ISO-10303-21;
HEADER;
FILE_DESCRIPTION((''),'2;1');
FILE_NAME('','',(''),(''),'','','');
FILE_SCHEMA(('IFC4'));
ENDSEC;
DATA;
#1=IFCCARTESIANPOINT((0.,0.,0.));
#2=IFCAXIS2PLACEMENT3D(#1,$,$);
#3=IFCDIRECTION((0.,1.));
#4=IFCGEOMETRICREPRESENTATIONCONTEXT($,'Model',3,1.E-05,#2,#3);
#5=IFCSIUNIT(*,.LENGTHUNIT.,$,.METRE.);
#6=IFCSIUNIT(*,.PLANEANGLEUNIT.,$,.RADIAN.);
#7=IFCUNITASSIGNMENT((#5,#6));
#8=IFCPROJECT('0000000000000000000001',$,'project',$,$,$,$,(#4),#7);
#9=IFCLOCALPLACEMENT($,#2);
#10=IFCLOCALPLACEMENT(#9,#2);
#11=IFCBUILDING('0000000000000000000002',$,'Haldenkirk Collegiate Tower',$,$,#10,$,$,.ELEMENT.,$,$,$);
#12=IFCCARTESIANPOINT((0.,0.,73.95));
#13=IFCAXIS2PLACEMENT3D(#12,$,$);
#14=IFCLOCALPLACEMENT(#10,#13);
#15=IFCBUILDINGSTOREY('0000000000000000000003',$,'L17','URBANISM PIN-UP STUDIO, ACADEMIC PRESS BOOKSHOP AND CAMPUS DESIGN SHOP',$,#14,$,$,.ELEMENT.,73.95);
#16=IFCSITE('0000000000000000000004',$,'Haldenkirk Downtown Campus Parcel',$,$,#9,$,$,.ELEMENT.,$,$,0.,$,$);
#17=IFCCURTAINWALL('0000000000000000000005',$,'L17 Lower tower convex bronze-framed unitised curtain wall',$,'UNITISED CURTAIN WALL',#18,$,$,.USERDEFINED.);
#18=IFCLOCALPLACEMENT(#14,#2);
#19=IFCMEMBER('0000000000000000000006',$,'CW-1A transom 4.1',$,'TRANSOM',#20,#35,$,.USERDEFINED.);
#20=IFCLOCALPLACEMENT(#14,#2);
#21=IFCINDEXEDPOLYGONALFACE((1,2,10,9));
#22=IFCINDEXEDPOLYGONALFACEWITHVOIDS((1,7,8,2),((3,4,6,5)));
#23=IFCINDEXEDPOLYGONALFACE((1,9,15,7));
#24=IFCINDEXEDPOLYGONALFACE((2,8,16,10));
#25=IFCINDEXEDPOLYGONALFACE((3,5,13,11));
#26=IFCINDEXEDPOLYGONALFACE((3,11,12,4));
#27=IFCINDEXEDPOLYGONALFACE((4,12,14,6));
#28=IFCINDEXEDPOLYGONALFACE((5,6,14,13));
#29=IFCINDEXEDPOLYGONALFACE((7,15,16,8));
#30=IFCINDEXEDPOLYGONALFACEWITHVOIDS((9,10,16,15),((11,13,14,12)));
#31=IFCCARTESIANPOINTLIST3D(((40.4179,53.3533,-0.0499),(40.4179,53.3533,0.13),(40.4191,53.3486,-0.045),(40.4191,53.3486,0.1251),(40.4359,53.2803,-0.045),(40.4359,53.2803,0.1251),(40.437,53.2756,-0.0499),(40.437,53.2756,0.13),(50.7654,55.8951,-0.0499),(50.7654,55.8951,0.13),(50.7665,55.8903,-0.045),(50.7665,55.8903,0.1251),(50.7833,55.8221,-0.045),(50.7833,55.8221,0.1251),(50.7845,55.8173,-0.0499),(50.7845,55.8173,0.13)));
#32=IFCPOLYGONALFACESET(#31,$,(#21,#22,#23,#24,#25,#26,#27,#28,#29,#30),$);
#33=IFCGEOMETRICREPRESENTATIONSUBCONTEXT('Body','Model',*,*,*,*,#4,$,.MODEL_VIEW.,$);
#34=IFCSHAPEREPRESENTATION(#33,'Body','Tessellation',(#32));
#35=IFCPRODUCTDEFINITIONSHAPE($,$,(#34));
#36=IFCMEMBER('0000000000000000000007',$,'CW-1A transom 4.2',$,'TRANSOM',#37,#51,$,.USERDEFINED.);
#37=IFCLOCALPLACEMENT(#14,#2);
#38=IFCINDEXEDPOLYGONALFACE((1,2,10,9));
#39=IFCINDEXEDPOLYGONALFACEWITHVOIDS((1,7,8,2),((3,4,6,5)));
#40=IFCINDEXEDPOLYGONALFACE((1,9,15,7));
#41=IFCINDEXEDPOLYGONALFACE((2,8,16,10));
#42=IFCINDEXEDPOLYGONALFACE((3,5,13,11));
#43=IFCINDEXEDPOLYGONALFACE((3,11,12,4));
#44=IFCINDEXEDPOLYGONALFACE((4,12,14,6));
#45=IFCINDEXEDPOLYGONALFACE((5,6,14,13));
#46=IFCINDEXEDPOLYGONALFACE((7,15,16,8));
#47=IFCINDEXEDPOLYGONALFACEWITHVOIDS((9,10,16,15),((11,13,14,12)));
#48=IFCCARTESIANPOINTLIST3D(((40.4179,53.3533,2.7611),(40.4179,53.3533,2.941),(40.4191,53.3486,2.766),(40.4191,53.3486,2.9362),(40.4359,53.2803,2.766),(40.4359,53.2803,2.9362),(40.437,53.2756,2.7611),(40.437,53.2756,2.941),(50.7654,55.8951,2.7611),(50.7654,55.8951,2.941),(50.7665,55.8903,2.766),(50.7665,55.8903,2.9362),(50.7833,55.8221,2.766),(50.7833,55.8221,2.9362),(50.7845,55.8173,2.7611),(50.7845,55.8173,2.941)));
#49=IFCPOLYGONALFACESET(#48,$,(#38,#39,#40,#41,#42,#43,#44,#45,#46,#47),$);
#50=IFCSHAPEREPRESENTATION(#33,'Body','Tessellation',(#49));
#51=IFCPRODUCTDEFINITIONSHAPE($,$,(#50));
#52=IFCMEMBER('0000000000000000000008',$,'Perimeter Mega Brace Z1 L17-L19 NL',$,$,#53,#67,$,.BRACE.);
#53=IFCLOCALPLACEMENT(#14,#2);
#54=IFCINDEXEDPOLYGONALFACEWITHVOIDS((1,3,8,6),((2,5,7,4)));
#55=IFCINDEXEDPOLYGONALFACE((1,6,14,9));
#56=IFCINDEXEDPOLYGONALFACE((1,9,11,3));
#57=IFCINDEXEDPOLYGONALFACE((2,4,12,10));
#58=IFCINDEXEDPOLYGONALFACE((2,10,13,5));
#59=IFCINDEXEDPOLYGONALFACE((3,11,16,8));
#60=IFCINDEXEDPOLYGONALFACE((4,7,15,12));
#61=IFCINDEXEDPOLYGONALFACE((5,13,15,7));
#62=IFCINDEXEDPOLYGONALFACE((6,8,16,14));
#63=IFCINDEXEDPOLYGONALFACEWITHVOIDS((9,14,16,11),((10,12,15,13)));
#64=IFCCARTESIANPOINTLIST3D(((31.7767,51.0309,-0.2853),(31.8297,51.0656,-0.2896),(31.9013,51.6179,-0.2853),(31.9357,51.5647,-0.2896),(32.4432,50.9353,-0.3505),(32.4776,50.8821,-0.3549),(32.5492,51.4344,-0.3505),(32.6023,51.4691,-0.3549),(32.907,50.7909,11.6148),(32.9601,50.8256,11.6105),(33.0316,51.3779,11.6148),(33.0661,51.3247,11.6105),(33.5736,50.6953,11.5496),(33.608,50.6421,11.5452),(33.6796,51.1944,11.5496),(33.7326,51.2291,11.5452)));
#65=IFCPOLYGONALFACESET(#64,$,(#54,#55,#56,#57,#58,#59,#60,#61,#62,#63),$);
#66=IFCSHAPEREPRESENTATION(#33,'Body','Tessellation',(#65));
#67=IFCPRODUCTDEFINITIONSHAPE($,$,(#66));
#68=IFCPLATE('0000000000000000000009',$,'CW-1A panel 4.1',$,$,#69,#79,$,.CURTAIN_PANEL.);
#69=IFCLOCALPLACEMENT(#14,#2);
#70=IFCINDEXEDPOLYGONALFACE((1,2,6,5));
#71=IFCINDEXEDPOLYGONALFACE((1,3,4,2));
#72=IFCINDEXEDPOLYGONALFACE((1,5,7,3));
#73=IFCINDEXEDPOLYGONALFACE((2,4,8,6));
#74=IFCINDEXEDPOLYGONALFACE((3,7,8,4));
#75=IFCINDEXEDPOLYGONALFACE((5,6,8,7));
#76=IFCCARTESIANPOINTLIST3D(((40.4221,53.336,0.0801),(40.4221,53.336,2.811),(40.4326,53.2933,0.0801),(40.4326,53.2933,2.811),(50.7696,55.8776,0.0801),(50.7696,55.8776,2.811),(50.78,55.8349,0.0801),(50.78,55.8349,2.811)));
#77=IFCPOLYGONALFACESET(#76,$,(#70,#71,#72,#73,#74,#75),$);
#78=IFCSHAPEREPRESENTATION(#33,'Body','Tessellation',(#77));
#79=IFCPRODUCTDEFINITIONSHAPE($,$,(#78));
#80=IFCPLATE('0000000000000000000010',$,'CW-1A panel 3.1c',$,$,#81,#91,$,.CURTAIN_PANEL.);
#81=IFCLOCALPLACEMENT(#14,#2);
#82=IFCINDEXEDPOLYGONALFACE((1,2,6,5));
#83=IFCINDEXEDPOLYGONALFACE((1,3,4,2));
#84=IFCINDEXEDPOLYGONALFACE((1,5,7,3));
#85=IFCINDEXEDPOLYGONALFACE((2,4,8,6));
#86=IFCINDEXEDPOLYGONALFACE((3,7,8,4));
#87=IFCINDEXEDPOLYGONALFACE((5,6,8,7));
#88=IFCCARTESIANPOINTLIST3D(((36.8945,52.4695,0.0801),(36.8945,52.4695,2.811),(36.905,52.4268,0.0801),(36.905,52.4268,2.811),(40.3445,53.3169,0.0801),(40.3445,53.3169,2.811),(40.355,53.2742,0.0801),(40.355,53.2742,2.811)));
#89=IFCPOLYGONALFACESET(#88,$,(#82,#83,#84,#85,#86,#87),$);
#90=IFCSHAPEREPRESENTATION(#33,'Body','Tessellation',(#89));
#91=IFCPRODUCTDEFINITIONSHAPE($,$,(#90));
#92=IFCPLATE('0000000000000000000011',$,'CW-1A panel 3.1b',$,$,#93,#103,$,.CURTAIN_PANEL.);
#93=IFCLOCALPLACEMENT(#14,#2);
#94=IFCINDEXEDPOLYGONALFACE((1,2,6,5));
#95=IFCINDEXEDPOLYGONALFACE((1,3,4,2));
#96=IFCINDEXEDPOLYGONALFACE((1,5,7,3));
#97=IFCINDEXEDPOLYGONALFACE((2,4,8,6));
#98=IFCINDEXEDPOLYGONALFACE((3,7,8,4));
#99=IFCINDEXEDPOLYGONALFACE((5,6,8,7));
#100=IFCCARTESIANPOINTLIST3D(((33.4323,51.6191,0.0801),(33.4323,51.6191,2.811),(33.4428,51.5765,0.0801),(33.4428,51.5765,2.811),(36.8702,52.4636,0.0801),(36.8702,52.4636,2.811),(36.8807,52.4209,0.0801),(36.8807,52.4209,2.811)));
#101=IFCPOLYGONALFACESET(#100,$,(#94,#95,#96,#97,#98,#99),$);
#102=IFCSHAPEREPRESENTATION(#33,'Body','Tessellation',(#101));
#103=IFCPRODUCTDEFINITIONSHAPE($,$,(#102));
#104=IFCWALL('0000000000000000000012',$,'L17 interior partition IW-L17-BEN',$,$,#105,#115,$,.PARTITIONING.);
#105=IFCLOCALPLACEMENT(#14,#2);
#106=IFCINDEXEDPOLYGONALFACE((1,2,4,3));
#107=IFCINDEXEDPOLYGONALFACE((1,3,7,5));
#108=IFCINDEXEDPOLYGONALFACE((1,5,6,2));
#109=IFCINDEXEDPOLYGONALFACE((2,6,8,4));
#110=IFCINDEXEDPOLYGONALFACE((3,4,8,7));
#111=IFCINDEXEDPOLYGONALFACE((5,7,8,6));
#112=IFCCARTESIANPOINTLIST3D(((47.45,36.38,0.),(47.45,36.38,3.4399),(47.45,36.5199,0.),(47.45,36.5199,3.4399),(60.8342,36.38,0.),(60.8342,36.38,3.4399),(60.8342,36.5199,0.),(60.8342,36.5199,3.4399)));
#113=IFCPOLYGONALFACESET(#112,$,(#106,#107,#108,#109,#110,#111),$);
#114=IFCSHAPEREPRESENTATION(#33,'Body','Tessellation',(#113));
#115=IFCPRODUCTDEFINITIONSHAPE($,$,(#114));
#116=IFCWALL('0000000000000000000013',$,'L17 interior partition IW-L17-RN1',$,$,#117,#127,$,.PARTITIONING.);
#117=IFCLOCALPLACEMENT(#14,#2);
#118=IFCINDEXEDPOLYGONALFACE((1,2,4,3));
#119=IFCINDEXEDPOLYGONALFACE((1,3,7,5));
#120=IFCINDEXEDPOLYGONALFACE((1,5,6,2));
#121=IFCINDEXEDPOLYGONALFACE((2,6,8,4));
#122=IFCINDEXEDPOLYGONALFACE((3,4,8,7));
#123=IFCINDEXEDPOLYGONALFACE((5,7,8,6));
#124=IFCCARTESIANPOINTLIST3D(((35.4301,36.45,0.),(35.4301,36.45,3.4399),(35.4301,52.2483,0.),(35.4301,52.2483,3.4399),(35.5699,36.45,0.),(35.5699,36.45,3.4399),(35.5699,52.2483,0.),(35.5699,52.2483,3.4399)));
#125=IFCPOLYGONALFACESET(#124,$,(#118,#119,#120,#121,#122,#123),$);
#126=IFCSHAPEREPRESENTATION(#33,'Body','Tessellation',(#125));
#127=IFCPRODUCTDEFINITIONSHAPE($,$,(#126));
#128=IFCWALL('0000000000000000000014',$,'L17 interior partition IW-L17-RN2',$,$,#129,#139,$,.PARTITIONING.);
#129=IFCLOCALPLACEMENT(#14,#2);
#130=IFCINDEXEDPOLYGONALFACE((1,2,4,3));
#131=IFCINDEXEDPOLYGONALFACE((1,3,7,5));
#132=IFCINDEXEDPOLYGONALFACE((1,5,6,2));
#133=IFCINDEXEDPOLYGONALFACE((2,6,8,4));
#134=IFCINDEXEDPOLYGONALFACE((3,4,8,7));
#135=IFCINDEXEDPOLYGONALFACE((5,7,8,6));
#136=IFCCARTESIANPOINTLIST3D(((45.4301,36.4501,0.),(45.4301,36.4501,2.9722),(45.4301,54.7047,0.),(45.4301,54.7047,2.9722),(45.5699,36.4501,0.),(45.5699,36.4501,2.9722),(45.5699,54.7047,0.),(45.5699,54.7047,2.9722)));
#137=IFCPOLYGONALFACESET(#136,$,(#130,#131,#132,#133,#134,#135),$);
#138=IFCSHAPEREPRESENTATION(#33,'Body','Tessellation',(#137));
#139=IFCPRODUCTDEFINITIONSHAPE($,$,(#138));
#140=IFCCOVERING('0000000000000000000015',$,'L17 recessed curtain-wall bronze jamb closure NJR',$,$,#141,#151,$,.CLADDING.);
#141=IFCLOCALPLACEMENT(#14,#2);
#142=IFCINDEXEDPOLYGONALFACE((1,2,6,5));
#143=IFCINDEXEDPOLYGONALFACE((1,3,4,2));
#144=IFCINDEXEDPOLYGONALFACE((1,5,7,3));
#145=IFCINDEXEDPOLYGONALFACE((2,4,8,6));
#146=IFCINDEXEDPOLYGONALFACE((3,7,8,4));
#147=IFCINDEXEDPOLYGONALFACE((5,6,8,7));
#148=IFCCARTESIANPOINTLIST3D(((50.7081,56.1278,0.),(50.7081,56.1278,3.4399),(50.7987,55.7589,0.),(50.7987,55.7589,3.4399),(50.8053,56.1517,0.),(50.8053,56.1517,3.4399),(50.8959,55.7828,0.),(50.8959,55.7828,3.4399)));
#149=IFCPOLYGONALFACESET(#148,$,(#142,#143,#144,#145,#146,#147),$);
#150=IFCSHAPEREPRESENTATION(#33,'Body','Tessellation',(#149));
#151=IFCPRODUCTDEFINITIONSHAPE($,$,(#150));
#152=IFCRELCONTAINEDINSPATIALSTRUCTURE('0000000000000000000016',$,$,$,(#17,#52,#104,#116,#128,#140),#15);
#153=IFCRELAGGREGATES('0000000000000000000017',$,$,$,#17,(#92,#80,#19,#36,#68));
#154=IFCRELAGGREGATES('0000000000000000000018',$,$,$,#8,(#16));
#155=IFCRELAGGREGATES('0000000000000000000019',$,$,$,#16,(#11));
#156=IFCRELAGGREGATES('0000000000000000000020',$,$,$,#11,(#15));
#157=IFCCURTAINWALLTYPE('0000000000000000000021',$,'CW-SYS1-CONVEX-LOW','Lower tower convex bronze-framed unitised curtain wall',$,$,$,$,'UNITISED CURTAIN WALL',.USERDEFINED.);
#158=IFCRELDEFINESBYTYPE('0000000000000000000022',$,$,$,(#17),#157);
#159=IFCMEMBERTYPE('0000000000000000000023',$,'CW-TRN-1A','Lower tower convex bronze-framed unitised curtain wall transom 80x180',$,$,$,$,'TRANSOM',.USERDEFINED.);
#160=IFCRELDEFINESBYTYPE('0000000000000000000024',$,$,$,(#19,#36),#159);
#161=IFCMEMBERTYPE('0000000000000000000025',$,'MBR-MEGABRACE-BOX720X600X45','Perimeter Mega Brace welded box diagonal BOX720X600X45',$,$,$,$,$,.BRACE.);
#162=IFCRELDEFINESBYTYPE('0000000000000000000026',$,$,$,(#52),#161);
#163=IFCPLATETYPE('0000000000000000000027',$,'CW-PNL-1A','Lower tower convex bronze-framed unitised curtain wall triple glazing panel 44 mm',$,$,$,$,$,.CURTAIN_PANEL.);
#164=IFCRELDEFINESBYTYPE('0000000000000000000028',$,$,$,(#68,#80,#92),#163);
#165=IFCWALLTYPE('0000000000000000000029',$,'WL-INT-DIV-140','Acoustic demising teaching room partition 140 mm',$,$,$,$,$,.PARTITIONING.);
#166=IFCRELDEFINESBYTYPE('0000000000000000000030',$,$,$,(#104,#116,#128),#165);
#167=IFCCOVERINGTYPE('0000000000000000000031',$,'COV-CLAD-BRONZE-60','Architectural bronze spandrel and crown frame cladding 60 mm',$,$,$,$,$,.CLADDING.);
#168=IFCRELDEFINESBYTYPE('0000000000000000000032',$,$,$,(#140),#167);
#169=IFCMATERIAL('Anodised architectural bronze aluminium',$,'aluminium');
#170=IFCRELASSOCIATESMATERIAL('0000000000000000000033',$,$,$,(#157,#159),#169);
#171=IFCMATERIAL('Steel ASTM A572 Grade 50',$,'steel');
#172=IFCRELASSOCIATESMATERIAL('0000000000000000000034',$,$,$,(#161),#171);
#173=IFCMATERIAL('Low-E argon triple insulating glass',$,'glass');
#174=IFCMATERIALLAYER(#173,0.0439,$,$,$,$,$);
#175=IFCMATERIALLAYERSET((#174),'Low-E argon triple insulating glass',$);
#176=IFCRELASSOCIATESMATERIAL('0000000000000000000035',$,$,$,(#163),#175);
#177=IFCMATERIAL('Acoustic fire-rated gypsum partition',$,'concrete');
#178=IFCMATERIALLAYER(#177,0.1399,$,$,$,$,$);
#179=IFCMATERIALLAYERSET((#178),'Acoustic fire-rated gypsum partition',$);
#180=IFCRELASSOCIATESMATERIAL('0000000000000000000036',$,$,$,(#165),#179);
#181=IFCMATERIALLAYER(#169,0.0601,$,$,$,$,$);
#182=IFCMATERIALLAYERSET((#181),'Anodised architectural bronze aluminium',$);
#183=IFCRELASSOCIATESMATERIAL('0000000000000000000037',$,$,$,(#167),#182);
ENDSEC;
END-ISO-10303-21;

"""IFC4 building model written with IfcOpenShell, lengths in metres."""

from ifc_helpers import new_model, si_unit, direction, frame, frame_2d, origin, origin_2d, place, context, subcontext, project, spatial, rectangle, hollow_rectangle, extrude, source, transform, mapped, material, layer, layer_set, material_profile, profile_set, type_object, element, aggregate, save


model = new_model("IFC4")

# Units and contexts
model_context = context("Model", 3, precision=1e-05, world=origin(), true_north=direction((0.0, 1.0)))
body_context = subcontext(model_context, "Body", "Model", "MODEL_VIEW")
ifc_project = project(units=[si_unit("LENGTHUNIT", "METRE"), si_unit("PLANEANGLEUNIT", "RADIAN")], contexts=[model_context])

# Site, building, storey
site_placement = place(None, origin())
site = spatial("IfcSite", under=ifc_project, at=site_placement, Name="Haldenkirk Downtown Campus Parcel", CompositionType="ELEMENT", RefElevation=0.0)
building_placement = place(site_placement, origin())
building = spatial("IfcBuilding", under=site, at=building_placement, Name="Haldenkirk Collegiate Tower", CompositionType="ELEMENT")
storey_placement = place(building_placement, frame((0.0, 0.0, 73.95)))
storey = spatial("IfcBuildingStorey", under=building, at=storey_placement, Name="L17", Description="URBANISM PIN-UP STUDIO, ACADEMIC PRESS BOOKSHOP AND CAMPUS DESIGN SHOP", CompositionType="ELEMENT", Elevation=73.95)

# Curtain wall, members
ifc_material_1 = material(Name="Anodised architectural bronze aluminium", Category="aluminium")
curtain_wall_type = type_object("IfcCurtainWallType", Name="CW-SYS1-CONVEX-LOW", Description="Lower tower convex bronze-framed unitised curtain wall", ElementType="UNITISED CURTAIN WALL", PredefinedType="USERDEFINED", material=ifc_material_1)
curtain_wall_placement = place(storey_placement, origin())
curtain_wall = element("IfcCurtainWall", 1, at=curtain_wall_placement, inside=storey, type_object=curtain_wall_type, Name="L17 Lower tower convex bronze-framed unitised curtain wall", ObjectType="UNITISED CURTAIN WALL", PredefinedType="USERDEFINED")
ifc_material_profile_1 = material_profile(ifc_material_1, hollow_rectangle(XDim=0.0801, YDim=0.1799, WallThickness=0.0049, at=origin_2d()), Name="CW-TRN-1A")
ifc_profile_set_1 = profile_set([ifc_material_profile_1], Name="Anodised architectural bronze aluminium")
member_type_1 = type_object("IfcMemberType", Name="CW-TRN-1A", Description="Lower tower convex bronze-framed unitised curtain wall transom 80x180", ElementType="TRANSOM", PredefinedType="USERDEFINED", material=ifc_profile_set_1)
member_1_placement = place(storey_placement, frame((40.4275, 53.3145, 0.04), z_axis=(0.97113, 0.238549, 0.0), x_axis=(-0.238549, 0.97113, 0.0)))
member_1 = element("IfcMember", 2, at=member_1_placement, type_object=member_type_1, Name="CW-1A transom 4.1", ObjectType="TRANSOM", PredefinedType="USERDEFINED", context=body_context, shape_type="SweptSolid", body=[
    extrude(hollow_rectangle(XDim=0.0801, YDim=0.1799, WallThickness=0.0049, at=origin_2d()), origin(), (0.0, 0.0, 1.0), 10.655),
])
member_2_placement = place(storey_placement, frame((40.4275, 53.3145, 2.8511), z_axis=(0.97113, 0.238549, 0.0), x_axis=(-0.238549, 0.97113, 0.0)))
member_2 = element("IfcMember", 3, at=member_2_placement, type_object=member_type_1, Name="CW-1A transom 4.2", ObjectType="TRANSOM", PredefinedType="USERDEFINED", context=body_context, shape_type="SweptSolid", body=[
    extrude(hollow_rectangle(XDim=0.0801, YDim=0.1799, WallThickness=0.0049, at=origin_2d()), origin(), (0.0, 0.0, 1.0), 10.655),
])

# Member
ifc_material_2 = material(Name="Steel ASTM A572 Grade 50", Category="steel")
ifc_material_profile_2 = material_profile(ifc_material_2, hollow_rectangle(XDim=0.6001, YDim=0.72, WallThickness=0.0449, at=origin_2d()), Name="BOX720X600X45")
ifc_profile_set_2 = profile_set([ifc_material_profile_2], Name="Steel ASTM A572 Grade 50")
member_type_2 = type_object("IfcMemberType", Name="MBR-MEGABRACE-BOX720X600X45", Description="Perimeter Mega Brace welded box diagonal BOX720X600X45", PredefinedType="BRACE", material=ifc_profile_set_2)
member_3_placement = place(storey_placement, frame((32.1895, 51.25, -0.3201), z_axis=(0.094543, -0.020073, 0.995318), x_axis=(0.207682, 0.978196, 0.0)))
element("IfcMember", 4, at=member_3_placement, inside=storey, type_object=member_type_2, Name="Perimeter Mega Brace Z1 L17-L19 NL", PredefinedType="BRACE", context=body_context, shape_type="SweptSolid", body=[
    extrude(hollow_rectangle(XDim=0.6001, YDim=0.72, WallThickness=0.0449, at=origin_2d()), origin(), (0.0, 0.0, 1.0), 11.9561),
])

# Plates
ifc_material_3 = material(Name="Low-E argon triple insulating glass", Category="glass")
ifc_layer_1 = layer(ifc_material_3, 0.0439)
ifc_layer_set_1 = layer_set([ifc_layer_1], Name="Low-E argon triple insulating glass")
plate_type = type_object("IfcPlateType", Name="CW-PNL-1A", Description="Lower tower convex bronze-framed unitised curtain wall triple glazing panel 44 mm", PredefinedType="CURTAIN_PANEL", material=ifc_layer_set_1)
shared_shape_1 = source(origin(), body_context, "Body", "SweptSolid", [
    extrude(rectangle(XDim=10.655, YDim=0.0439, at=origin_2d()), origin(), (0.0, 0.0, 1.0), 2.731),
])
plate_1_placement = place(storey_placement, frame((45.6011, 54.5854, 0.0801), z_axis=(0.0, 0.0, 1.0), x_axis=(0.971134, 0.238534, 0.0)))
plate_1 = element("IfcPlate", 5, at=plate_1_placement, type_object=plate_type, Name="CW-1A panel 4.1", PredefinedType="CURTAIN_PANEL", context=body_context, shape_type="MappedRepresentation", body=[
    mapped(shared_shape_1, transform((0.0, 0.0, 0.0), x_axis=(1.0, 0.0, 0.0), y_axis=(0.0, 1.0, 0.0), z_axis=(0.0, 0.0, 1.0), scale=1.0)),
])
shared_shape_2 = source(origin(), body_context, "Body", "SweptSolid", [
    extrude(rectangle(XDim=3.5525, YDim=0.0439, at=origin_2d()), origin(), (0.0, 0.0, 1.0), 2.731),
])
plate_2_placement = place(storey_placement, frame((38.6248, 52.8718, 0.0801), z_axis=(0.0, 0.0, 1.0), x_axis=(0.971134, 0.238534, 0.0)))
plate_2 = element("IfcPlate", 6, at=plate_2_placement, type_object=plate_type, Name="CW-1A panel 3.1c", PredefinedType="CURTAIN_PANEL", context=body_context, shape_type="MappedRepresentation", body=[
    mapped(shared_shape_2, transform((0.0, 0.0, 0.0), x_axis=(1.0, 0.0, 0.0), y_axis=(0.0, 1.0, 0.0), z_axis=(0.0, 0.0, 1.0), scale=1.0)),
])
shared_shape_3 = source(origin(), body_context, "Body", "SweptSolid", [
    extrude(rectangle(XDim=3.54, YDim=0.0439, at=origin_2d()), origin(), (0.0, 0.0, 1.0), 2.731),
])
plate_3_placement = place(storey_placement, frame((35.1565, 52.02, 0.0801), z_axis=(0.0, 0.0, 1.0), x_axis=(0.971134, 0.238534, 0.0)))
plate_3 = element("IfcPlate", 7, at=plate_3_placement, type_object=plate_type, Name="CW-1A panel 3.1b", PredefinedType="CURTAIN_PANEL", context=body_context, shape_type="MappedRepresentation", body=[
    mapped(shared_shape_3, transform((0.0, 0.0, 0.0), x_axis=(1.0, 0.0, 0.0), y_axis=(0.0, 1.0, 0.0), z_axis=(0.0, 0.0, 1.0), scale=1.0)),
])
aggregate(curtain_wall, [plate_3, plate_2, member_1, member_2, plate_1])

# Walls
ifc_material_4 = material(Name="Acoustic fire-rated gypsum partition", Category="concrete")
ifc_layer_2 = layer(ifc_material_4, 0.1399)
ifc_layer_set_2 = layer_set([ifc_layer_2], Name="Acoustic fire-rated gypsum partition")
wall_type = type_object("IfcWallType", Name="WL-INT-DIV-140", Description="Acoustic demising teaching room partition 140 mm", PredefinedType="PARTITIONING", material=ifc_layer_set_2)
wall_1_placement = place(storey_placement, frame((47.45, 36.45, 0.0), z_axis=(0.0, 0.0, 1.0), x_axis=(1.0, 0.0, 0.0)))
element("IfcWall", 8, at=wall_1_placement, inside=storey, type_object=wall_type, Name="L17 interior partition IW-L17-BEN", PredefinedType="PARTITIONING", context=body_context, shape_type="SweptSolid", body=[
    extrude(rectangle(XDim=13.3843, YDim=0.1399, at=frame_2d((6.6921, 0.0))), origin(), (0.0, 0.0, 1.0), 3.4399),
])
wall_2_placement = place(storey_placement, frame((35.5, 36.45, 0.0), z_axis=(0.0, 0.0, 1.0), x_axis=(0.0, 1.0, 0.0)))
element("IfcWall", 9, at=wall_2_placement, inside=storey, type_object=wall_type, Name="L17 interior partition IW-L17-RN1", PredefinedType="PARTITIONING", context=body_context, shape_type="SweptSolid", body=[
    extrude(rectangle(XDim=15.7983, YDim=0.1399, at=frame_2d((7.8992, 0.0))), origin(), (0.0, 0.0, 1.0), 3.4399),
])
wall_3_placement = place(storey_placement, frame((45.5, 36.45, 0.0), z_axis=(0.0, 0.0, 1.0), x_axis=(0.0, 1.0, 0.0)))
element("IfcWall", 10, at=wall_3_placement, inside=storey, type_object=wall_type, Name="L17 interior partition IW-L17-RN2", PredefinedType="PARTITIONING", context=body_context, shape_type="SweptSolid", body=[
    extrude(rectangle(XDim=18.2546, YDim=0.1399, at=frame_2d((9.1274, 0.0))), origin(), (0.0, 0.0, 1.0), 2.9722),
])

# Covering
ifc_layer_3 = layer(ifc_material_1, 0.0601)
ifc_layer_set_3 = layer_set([ifc_layer_3], Name="Anodised architectural bronze aluminium")
covering_type = type_object("IfcCoveringType", Name="COV-CLAD-BRONZE-60", Description="Architectural bronze spandrel and crown frame cladding 60 mm", PredefinedType="CLADDING", material=ifc_layer_set_3)
shared_shape_4 = source(origin(), body_context, "Body", "SweptSolid", [
    extrude(rectangle(XDim=0.1001, YDim=0.3799, at=origin_2d()), origin(), (0.0, 0.0, 1.0), 3.4399),
])
covering_placement = place(storey_placement, frame((50.802, 55.9553, 0.0), z_axis=(0.0, 0.0, 1.0), x_axis=(0.971134, 0.238533, 0.0)))
element("IfcCovering", 11, at=covering_placement, inside=storey, type_object=covering_type, Name="L17 recessed curtain-wall bronze jamb closure NJR", PredefinedType="CLADDING", context=body_context, shape_type="MappedRepresentation", body=[
    mapped(shared_shape_4, transform((0.0, 0.0, 0.0), x_axis=(1.0, 0.0, 0.0), y_axis=(0.0, 1.0, 0.0), z_axis=(0.0, 0.0, 1.0), scale=1.0)),
])

save(model, "model.ifc")
